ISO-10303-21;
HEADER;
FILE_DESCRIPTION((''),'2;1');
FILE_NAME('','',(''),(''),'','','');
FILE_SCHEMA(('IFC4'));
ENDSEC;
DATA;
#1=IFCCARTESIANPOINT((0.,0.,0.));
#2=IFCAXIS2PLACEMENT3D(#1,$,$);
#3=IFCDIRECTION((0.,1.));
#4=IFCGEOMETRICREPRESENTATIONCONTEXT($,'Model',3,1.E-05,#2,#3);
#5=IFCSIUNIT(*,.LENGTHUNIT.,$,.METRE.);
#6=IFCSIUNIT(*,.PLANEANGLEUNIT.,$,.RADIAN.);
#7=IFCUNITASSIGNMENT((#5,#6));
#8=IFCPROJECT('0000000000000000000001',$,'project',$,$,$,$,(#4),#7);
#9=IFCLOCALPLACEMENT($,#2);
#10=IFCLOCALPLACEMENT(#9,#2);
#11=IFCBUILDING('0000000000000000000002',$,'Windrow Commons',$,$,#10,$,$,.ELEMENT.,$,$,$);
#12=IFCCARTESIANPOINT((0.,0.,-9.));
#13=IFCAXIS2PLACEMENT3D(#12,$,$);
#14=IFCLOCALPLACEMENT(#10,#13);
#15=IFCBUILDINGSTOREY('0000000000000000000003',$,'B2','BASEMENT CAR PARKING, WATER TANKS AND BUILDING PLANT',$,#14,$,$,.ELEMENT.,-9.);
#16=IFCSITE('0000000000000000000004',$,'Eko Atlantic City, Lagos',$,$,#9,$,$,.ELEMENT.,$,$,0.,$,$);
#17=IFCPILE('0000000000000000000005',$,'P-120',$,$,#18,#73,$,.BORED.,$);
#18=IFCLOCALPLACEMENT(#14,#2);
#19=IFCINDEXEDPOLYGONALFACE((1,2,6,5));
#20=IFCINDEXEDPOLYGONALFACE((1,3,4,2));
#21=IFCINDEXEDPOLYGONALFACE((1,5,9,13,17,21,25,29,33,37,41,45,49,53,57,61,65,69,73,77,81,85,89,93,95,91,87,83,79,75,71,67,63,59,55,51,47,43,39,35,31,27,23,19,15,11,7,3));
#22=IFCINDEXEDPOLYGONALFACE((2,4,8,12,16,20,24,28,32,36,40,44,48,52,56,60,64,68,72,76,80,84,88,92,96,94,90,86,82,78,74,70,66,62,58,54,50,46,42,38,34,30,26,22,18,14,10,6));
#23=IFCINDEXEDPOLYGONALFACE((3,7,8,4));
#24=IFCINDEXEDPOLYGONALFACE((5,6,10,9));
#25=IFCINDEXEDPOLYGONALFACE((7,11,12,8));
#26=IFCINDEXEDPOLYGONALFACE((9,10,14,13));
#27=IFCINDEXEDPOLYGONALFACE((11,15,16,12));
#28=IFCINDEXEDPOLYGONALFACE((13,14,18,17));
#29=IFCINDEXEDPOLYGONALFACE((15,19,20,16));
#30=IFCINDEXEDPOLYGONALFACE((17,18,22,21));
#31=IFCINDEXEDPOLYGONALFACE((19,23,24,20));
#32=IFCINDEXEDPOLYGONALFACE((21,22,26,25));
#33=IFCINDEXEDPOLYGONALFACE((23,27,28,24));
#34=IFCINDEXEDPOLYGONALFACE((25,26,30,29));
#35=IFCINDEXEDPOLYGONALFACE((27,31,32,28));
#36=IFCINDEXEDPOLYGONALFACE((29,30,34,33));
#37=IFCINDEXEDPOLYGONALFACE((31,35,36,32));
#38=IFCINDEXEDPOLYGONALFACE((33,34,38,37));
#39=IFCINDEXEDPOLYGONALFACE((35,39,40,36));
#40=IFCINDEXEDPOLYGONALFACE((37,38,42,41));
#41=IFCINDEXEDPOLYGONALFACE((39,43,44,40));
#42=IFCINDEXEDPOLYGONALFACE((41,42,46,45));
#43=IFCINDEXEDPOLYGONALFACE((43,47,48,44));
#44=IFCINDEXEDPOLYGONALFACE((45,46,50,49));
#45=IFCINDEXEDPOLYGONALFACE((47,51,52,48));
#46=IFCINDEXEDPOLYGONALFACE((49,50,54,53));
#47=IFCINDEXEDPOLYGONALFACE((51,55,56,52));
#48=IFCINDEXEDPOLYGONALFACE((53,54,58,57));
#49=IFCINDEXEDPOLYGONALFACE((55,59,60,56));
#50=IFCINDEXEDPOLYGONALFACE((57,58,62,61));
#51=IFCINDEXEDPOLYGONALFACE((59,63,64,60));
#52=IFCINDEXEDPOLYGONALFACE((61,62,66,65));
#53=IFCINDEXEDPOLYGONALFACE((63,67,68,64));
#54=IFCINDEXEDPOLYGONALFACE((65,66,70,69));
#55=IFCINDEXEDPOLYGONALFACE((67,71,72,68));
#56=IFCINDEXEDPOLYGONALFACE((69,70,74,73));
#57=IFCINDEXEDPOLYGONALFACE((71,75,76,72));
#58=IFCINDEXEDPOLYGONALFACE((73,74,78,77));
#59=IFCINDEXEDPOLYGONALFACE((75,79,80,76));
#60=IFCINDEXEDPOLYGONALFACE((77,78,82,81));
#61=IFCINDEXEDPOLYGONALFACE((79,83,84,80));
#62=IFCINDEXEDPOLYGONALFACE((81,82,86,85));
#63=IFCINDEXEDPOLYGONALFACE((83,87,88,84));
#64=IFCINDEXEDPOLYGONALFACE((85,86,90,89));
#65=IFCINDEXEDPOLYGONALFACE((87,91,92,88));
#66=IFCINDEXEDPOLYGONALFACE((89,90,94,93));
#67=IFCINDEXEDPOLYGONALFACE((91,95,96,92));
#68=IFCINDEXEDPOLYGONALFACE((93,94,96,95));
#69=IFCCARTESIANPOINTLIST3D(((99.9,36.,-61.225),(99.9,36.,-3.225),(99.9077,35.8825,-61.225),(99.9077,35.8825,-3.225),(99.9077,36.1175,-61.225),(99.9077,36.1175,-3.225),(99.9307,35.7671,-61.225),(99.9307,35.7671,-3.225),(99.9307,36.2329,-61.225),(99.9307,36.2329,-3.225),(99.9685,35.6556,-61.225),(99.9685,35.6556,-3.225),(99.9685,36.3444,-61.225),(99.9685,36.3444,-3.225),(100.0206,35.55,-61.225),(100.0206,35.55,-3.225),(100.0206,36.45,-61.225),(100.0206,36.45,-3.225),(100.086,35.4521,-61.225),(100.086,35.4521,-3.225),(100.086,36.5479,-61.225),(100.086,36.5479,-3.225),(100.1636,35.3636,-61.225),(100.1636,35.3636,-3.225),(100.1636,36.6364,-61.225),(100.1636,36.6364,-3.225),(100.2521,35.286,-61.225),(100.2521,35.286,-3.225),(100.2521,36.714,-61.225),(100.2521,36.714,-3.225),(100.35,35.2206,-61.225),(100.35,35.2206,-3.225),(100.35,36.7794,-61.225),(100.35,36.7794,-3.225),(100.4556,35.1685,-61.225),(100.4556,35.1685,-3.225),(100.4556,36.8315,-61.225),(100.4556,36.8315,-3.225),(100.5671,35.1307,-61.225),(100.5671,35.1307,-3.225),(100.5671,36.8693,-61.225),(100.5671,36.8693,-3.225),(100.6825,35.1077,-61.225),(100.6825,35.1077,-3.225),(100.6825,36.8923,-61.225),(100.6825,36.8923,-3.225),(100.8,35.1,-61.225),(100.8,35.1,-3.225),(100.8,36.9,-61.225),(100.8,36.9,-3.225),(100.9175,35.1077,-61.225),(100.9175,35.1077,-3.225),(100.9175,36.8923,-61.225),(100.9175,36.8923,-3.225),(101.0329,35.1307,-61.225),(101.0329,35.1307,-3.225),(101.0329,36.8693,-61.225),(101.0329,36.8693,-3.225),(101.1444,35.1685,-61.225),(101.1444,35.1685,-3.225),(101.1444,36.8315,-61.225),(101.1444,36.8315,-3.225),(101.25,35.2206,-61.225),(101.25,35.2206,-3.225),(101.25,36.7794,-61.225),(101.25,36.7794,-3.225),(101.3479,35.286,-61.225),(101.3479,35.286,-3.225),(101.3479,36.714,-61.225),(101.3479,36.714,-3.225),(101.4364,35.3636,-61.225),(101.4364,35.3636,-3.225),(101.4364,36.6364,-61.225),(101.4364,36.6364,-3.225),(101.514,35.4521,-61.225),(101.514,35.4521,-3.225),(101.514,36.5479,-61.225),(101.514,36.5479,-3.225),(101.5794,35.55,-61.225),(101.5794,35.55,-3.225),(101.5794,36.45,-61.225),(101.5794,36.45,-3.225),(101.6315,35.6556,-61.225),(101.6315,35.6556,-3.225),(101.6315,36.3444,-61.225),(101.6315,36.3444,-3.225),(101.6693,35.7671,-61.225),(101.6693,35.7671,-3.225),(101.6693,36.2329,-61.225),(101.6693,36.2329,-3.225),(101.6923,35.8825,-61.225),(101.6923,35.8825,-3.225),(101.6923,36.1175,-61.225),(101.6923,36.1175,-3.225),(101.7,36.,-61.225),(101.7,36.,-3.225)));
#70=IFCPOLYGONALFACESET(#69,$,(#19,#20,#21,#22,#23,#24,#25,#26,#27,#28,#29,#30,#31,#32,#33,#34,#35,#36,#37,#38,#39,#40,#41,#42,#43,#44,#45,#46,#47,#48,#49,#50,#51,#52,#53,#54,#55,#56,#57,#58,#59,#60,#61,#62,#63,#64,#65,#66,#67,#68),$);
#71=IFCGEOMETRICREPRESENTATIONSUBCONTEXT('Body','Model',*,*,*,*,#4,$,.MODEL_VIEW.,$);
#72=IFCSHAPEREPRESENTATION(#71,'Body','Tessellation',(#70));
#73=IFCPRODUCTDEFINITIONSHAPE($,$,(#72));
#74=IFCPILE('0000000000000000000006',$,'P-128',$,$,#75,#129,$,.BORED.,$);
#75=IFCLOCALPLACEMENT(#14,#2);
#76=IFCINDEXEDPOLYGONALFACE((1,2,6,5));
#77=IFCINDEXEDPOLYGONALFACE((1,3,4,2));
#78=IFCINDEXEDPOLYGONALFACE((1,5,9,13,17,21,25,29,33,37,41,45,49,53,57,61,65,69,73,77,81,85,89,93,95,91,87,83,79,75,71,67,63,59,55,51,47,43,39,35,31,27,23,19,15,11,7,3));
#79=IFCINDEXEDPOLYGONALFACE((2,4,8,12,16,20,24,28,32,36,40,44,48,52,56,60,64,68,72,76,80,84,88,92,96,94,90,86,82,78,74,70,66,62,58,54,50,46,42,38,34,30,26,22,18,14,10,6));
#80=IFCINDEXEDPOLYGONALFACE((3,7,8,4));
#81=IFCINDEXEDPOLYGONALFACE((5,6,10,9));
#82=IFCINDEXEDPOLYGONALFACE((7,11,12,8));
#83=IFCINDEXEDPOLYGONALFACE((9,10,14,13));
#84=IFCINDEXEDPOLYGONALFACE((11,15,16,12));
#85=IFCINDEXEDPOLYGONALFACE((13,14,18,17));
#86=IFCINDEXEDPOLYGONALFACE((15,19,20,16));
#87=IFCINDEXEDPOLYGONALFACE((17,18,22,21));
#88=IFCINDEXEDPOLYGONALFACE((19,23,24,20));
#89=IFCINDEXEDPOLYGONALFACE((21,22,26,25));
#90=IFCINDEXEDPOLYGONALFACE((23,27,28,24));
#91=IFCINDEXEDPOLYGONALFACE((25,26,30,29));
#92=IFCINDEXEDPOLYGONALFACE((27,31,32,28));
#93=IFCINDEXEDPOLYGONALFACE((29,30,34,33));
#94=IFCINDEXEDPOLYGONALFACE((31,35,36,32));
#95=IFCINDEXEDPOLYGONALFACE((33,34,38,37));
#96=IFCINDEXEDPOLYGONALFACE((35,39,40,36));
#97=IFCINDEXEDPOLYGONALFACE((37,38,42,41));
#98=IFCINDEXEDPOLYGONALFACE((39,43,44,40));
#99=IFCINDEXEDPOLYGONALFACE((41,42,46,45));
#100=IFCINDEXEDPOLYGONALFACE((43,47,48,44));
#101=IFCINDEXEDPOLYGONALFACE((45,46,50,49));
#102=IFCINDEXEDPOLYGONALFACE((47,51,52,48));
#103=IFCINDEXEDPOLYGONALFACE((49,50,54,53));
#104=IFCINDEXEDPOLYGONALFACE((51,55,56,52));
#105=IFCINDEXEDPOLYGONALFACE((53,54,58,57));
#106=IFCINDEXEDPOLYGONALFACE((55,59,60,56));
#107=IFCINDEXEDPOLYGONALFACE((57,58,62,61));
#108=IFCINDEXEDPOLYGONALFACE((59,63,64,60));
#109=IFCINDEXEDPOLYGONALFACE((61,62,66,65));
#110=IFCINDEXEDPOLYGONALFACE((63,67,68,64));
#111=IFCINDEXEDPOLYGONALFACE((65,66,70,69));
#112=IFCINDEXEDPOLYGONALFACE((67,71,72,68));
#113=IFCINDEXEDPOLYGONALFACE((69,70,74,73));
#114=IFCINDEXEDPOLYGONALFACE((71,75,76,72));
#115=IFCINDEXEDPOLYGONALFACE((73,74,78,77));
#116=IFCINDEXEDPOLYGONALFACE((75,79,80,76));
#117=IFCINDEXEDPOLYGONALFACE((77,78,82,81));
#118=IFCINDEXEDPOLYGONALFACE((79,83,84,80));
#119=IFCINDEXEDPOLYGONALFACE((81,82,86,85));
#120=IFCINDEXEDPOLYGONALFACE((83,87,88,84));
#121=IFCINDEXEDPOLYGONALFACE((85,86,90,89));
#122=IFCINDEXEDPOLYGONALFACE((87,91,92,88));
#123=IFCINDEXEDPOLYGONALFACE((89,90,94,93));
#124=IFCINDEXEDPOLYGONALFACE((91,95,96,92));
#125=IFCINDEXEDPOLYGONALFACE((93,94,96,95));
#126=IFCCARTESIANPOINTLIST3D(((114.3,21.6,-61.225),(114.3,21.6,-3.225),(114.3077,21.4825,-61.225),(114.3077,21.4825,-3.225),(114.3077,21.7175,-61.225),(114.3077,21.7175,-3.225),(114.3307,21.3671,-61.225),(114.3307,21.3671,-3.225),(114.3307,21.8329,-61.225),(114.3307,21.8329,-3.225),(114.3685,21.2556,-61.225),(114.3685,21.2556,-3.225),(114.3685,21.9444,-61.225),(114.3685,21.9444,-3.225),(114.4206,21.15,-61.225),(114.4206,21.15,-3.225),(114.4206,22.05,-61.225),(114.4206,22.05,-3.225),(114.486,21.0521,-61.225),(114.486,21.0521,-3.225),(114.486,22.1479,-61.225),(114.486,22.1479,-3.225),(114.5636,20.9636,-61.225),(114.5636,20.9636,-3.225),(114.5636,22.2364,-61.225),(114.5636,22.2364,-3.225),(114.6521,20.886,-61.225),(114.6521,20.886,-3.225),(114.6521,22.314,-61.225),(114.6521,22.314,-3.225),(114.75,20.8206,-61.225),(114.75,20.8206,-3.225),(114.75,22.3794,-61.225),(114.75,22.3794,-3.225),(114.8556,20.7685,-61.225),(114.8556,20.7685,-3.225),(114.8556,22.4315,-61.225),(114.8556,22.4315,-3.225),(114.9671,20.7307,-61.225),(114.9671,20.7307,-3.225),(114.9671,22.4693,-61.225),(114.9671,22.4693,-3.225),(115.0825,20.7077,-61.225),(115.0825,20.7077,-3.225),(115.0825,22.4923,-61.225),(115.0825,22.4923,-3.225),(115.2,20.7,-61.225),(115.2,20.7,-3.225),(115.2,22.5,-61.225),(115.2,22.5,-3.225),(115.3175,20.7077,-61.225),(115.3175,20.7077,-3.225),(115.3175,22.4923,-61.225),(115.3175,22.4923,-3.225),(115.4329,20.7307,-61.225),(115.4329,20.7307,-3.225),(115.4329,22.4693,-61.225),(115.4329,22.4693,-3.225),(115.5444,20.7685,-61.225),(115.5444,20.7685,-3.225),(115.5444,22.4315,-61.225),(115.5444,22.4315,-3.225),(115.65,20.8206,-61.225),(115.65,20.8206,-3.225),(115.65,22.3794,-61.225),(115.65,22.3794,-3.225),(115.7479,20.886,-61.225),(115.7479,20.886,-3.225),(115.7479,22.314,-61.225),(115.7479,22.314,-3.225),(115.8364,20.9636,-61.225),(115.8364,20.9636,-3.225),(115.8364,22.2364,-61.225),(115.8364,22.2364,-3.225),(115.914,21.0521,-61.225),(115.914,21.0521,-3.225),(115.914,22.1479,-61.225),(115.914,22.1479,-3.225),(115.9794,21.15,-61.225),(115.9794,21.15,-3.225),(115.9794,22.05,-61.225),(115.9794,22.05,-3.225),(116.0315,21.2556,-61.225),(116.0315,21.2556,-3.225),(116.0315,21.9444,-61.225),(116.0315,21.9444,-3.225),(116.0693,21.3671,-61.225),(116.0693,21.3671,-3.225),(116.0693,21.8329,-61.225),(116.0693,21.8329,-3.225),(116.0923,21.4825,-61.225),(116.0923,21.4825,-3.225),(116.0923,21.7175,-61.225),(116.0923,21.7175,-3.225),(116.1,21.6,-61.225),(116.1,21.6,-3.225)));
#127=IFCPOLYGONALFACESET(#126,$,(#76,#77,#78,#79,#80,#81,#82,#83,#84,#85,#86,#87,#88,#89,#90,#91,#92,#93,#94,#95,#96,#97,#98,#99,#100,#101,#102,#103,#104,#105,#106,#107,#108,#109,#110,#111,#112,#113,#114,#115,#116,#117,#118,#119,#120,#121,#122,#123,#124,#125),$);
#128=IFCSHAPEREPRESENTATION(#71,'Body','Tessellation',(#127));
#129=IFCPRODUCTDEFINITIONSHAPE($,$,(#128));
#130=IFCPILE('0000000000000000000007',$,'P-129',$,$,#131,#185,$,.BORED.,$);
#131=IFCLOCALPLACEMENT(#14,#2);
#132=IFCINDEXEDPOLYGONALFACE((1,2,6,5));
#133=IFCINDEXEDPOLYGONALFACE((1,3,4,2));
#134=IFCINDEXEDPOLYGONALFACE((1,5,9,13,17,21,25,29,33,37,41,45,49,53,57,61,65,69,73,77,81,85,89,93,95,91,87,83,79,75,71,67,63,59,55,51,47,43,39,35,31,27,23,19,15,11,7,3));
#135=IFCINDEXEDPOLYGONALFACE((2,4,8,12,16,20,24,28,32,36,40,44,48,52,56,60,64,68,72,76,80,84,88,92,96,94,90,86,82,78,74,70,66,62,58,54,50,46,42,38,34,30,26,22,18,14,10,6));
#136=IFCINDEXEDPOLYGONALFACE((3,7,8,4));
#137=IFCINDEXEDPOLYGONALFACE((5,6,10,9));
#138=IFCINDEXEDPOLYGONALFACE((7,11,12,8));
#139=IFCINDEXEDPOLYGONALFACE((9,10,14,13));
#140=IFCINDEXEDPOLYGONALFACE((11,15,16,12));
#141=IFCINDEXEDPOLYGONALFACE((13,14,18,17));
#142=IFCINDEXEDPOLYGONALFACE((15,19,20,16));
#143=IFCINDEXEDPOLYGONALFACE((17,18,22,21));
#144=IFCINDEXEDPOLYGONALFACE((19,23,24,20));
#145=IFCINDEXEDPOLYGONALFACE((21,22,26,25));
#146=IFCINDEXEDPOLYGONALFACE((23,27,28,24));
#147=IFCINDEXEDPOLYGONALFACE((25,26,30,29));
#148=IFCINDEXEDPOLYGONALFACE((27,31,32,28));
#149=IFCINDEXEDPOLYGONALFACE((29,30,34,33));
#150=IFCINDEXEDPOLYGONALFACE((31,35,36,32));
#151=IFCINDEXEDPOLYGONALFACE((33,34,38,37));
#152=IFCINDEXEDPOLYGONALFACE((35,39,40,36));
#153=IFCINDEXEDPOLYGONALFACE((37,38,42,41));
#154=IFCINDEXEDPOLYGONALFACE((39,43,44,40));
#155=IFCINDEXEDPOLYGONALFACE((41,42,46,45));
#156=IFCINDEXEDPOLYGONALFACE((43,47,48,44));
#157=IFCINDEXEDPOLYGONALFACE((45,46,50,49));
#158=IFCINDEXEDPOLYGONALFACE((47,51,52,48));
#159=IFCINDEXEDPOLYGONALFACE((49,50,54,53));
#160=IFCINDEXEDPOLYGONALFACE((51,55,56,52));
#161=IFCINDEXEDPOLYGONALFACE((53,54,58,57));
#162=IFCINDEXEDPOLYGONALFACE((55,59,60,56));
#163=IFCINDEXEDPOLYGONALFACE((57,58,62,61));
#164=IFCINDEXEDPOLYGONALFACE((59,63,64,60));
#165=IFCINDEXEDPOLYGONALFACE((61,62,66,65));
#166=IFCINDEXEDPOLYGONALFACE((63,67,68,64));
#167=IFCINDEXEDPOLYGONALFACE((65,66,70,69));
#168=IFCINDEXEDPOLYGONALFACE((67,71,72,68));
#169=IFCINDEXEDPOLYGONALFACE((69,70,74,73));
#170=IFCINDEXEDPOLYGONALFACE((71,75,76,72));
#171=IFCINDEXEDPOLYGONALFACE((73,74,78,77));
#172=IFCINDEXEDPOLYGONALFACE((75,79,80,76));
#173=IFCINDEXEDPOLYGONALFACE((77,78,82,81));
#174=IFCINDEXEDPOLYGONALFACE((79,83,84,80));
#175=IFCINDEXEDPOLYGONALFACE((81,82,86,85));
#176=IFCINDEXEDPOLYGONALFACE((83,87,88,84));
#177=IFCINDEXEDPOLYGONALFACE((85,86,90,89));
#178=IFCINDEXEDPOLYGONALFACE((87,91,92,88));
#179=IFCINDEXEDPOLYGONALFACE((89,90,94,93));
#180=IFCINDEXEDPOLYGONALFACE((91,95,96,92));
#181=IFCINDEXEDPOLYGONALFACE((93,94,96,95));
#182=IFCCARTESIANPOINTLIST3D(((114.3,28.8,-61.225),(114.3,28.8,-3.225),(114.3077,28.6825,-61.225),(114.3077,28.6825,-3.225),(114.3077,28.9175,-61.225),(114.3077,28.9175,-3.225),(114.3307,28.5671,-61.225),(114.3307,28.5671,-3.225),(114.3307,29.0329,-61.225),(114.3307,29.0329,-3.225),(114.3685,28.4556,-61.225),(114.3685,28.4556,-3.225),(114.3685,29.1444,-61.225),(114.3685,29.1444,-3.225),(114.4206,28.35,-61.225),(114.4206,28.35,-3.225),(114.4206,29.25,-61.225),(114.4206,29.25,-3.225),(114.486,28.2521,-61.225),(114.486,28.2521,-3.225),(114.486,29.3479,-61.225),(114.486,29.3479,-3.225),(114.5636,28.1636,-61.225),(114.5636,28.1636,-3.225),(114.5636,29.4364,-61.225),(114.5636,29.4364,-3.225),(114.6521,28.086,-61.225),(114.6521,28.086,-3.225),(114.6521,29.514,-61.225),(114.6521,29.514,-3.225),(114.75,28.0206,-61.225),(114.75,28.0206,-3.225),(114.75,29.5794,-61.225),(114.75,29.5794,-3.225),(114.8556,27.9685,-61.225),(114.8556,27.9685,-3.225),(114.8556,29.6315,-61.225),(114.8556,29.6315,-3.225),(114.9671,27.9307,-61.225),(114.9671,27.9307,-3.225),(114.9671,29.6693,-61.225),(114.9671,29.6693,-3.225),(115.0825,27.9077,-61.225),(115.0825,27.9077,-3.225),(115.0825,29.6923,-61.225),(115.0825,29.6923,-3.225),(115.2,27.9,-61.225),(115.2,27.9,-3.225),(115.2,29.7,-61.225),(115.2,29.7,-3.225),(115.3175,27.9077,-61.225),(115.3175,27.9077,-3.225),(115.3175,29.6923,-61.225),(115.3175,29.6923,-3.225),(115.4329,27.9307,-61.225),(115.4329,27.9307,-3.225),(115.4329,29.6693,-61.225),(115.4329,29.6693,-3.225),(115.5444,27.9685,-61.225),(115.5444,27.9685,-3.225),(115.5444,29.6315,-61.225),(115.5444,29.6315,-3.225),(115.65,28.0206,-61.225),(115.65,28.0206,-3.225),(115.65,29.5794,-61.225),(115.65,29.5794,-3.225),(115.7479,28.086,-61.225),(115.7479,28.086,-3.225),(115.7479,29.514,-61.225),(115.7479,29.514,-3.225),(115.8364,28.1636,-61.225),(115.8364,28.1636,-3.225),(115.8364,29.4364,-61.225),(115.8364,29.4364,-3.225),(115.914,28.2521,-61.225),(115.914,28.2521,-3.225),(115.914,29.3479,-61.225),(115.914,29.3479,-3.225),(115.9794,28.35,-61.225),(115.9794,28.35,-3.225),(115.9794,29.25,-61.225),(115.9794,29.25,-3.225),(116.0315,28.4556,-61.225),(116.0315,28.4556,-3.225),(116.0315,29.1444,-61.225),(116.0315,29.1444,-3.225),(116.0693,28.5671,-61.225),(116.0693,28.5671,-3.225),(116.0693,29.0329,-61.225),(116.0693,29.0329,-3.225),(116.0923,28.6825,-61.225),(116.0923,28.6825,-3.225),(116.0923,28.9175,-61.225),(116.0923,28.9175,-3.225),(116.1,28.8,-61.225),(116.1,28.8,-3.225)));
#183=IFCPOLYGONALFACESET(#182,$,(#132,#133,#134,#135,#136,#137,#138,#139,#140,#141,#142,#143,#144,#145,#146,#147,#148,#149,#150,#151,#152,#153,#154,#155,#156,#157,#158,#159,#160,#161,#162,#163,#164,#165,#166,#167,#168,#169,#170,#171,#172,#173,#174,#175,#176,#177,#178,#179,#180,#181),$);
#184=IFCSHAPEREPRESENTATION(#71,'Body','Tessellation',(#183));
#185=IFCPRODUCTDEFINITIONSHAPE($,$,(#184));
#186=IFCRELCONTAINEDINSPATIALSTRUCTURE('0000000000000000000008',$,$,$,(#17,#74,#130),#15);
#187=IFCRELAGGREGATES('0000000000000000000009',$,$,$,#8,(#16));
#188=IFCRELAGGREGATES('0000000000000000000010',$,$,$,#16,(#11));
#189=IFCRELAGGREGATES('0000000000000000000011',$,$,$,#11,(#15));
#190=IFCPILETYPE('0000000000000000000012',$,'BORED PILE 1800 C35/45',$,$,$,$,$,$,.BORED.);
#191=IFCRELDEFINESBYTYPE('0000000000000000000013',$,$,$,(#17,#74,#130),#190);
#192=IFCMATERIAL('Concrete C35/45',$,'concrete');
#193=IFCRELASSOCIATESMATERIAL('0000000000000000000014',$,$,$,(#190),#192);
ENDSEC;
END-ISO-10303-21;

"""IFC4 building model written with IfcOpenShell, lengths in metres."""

from ifc_helpers import new_model, si_unit, direction, frame, origin, origin_2d, place, context, subcontext, project, spatial, circle, extrude, material, material_profile, profile_set, type_object, element, save


model = new_model("IFC4")

# Units and contexts
model_context = context("Model", 3, precision=1e-05, world=origin(), true_north=direction((0.0, 1.0)))
body_context = subcontext(model_context, "Body", "Model", "MODEL_VIEW")
ifc_project = project(units=[si_unit("LENGTHUNIT", "METRE"), si_unit("PLANEANGLEUNIT", "RADIAN")], contexts=[model_context])

# Site, building, storey
site_placement = place(None, origin())
site = spatial("IfcSite", under=ifc_project, at=site_placement, Name="Eko Atlantic City, Lagos", CompositionType="ELEMENT", RefElevation=0.0)
building_placement = place(site_placement, origin())
building = spatial("IfcBuilding", under=site, at=building_placement, Name="Windrow Commons", CompositionType="ELEMENT")
storey_placement = place(building_placement, frame((0.0, 0.0, -9.0)))
storey = spatial("IfcBuildingStorey", under=building, at=storey_placement, Name="B2", Description="BASEMENT CAR PARKING, WATER TANKS AND BUILDING PLANT", CompositionType="ELEMENT", Elevation=-9.0)

# Piles
ifc_material_1 = material(Name="Concrete C35/45", Category="concrete")
ifc_material_profile_1 = material_profile(ifc_material_1, circle(Radius=0.9, at=origin_2d()))
ifc_profile_set_1 = profile_set([ifc_material_profile_1], Name="Concrete C35/45")
pile_type = type_object("IfcPileType", Name="BORED PILE 1800 C35/45", PredefinedType="BORED", material=ifc_profile_set_1)
for number, where, z_axis, x_axis, name in (
    (1, (100.8, 36.0, -3.225), (0.0, 0.0, -1.0), (1.0, 0.0, 0.0), "P-120"),
    (2, (115.2, 21.6, -3.225), (0.0, 0.0, -1.0), (1.0, 0.0, 0.0), "P-128"),
    (3, (115.2, 28.8, -3.225), (0.0, 0.0, -1.0), (1.0, 0.0, 0.0), "P-129"),
):
    element("IfcPile", number, at=place(storey_placement, frame(where, z_axis=z_axis, x_axis=x_axis)), inside=storey, type_object=pile_type, Name=name, PredefinedType="BORED", context=body_context, shape_type="SweptSolid", body=[
        extrude(circle(Radius=0.9, at=origin_2d()), origin(), (0.0, 0.0, 1.0), 58.0),
    ])

save(model, "model.ifc")
